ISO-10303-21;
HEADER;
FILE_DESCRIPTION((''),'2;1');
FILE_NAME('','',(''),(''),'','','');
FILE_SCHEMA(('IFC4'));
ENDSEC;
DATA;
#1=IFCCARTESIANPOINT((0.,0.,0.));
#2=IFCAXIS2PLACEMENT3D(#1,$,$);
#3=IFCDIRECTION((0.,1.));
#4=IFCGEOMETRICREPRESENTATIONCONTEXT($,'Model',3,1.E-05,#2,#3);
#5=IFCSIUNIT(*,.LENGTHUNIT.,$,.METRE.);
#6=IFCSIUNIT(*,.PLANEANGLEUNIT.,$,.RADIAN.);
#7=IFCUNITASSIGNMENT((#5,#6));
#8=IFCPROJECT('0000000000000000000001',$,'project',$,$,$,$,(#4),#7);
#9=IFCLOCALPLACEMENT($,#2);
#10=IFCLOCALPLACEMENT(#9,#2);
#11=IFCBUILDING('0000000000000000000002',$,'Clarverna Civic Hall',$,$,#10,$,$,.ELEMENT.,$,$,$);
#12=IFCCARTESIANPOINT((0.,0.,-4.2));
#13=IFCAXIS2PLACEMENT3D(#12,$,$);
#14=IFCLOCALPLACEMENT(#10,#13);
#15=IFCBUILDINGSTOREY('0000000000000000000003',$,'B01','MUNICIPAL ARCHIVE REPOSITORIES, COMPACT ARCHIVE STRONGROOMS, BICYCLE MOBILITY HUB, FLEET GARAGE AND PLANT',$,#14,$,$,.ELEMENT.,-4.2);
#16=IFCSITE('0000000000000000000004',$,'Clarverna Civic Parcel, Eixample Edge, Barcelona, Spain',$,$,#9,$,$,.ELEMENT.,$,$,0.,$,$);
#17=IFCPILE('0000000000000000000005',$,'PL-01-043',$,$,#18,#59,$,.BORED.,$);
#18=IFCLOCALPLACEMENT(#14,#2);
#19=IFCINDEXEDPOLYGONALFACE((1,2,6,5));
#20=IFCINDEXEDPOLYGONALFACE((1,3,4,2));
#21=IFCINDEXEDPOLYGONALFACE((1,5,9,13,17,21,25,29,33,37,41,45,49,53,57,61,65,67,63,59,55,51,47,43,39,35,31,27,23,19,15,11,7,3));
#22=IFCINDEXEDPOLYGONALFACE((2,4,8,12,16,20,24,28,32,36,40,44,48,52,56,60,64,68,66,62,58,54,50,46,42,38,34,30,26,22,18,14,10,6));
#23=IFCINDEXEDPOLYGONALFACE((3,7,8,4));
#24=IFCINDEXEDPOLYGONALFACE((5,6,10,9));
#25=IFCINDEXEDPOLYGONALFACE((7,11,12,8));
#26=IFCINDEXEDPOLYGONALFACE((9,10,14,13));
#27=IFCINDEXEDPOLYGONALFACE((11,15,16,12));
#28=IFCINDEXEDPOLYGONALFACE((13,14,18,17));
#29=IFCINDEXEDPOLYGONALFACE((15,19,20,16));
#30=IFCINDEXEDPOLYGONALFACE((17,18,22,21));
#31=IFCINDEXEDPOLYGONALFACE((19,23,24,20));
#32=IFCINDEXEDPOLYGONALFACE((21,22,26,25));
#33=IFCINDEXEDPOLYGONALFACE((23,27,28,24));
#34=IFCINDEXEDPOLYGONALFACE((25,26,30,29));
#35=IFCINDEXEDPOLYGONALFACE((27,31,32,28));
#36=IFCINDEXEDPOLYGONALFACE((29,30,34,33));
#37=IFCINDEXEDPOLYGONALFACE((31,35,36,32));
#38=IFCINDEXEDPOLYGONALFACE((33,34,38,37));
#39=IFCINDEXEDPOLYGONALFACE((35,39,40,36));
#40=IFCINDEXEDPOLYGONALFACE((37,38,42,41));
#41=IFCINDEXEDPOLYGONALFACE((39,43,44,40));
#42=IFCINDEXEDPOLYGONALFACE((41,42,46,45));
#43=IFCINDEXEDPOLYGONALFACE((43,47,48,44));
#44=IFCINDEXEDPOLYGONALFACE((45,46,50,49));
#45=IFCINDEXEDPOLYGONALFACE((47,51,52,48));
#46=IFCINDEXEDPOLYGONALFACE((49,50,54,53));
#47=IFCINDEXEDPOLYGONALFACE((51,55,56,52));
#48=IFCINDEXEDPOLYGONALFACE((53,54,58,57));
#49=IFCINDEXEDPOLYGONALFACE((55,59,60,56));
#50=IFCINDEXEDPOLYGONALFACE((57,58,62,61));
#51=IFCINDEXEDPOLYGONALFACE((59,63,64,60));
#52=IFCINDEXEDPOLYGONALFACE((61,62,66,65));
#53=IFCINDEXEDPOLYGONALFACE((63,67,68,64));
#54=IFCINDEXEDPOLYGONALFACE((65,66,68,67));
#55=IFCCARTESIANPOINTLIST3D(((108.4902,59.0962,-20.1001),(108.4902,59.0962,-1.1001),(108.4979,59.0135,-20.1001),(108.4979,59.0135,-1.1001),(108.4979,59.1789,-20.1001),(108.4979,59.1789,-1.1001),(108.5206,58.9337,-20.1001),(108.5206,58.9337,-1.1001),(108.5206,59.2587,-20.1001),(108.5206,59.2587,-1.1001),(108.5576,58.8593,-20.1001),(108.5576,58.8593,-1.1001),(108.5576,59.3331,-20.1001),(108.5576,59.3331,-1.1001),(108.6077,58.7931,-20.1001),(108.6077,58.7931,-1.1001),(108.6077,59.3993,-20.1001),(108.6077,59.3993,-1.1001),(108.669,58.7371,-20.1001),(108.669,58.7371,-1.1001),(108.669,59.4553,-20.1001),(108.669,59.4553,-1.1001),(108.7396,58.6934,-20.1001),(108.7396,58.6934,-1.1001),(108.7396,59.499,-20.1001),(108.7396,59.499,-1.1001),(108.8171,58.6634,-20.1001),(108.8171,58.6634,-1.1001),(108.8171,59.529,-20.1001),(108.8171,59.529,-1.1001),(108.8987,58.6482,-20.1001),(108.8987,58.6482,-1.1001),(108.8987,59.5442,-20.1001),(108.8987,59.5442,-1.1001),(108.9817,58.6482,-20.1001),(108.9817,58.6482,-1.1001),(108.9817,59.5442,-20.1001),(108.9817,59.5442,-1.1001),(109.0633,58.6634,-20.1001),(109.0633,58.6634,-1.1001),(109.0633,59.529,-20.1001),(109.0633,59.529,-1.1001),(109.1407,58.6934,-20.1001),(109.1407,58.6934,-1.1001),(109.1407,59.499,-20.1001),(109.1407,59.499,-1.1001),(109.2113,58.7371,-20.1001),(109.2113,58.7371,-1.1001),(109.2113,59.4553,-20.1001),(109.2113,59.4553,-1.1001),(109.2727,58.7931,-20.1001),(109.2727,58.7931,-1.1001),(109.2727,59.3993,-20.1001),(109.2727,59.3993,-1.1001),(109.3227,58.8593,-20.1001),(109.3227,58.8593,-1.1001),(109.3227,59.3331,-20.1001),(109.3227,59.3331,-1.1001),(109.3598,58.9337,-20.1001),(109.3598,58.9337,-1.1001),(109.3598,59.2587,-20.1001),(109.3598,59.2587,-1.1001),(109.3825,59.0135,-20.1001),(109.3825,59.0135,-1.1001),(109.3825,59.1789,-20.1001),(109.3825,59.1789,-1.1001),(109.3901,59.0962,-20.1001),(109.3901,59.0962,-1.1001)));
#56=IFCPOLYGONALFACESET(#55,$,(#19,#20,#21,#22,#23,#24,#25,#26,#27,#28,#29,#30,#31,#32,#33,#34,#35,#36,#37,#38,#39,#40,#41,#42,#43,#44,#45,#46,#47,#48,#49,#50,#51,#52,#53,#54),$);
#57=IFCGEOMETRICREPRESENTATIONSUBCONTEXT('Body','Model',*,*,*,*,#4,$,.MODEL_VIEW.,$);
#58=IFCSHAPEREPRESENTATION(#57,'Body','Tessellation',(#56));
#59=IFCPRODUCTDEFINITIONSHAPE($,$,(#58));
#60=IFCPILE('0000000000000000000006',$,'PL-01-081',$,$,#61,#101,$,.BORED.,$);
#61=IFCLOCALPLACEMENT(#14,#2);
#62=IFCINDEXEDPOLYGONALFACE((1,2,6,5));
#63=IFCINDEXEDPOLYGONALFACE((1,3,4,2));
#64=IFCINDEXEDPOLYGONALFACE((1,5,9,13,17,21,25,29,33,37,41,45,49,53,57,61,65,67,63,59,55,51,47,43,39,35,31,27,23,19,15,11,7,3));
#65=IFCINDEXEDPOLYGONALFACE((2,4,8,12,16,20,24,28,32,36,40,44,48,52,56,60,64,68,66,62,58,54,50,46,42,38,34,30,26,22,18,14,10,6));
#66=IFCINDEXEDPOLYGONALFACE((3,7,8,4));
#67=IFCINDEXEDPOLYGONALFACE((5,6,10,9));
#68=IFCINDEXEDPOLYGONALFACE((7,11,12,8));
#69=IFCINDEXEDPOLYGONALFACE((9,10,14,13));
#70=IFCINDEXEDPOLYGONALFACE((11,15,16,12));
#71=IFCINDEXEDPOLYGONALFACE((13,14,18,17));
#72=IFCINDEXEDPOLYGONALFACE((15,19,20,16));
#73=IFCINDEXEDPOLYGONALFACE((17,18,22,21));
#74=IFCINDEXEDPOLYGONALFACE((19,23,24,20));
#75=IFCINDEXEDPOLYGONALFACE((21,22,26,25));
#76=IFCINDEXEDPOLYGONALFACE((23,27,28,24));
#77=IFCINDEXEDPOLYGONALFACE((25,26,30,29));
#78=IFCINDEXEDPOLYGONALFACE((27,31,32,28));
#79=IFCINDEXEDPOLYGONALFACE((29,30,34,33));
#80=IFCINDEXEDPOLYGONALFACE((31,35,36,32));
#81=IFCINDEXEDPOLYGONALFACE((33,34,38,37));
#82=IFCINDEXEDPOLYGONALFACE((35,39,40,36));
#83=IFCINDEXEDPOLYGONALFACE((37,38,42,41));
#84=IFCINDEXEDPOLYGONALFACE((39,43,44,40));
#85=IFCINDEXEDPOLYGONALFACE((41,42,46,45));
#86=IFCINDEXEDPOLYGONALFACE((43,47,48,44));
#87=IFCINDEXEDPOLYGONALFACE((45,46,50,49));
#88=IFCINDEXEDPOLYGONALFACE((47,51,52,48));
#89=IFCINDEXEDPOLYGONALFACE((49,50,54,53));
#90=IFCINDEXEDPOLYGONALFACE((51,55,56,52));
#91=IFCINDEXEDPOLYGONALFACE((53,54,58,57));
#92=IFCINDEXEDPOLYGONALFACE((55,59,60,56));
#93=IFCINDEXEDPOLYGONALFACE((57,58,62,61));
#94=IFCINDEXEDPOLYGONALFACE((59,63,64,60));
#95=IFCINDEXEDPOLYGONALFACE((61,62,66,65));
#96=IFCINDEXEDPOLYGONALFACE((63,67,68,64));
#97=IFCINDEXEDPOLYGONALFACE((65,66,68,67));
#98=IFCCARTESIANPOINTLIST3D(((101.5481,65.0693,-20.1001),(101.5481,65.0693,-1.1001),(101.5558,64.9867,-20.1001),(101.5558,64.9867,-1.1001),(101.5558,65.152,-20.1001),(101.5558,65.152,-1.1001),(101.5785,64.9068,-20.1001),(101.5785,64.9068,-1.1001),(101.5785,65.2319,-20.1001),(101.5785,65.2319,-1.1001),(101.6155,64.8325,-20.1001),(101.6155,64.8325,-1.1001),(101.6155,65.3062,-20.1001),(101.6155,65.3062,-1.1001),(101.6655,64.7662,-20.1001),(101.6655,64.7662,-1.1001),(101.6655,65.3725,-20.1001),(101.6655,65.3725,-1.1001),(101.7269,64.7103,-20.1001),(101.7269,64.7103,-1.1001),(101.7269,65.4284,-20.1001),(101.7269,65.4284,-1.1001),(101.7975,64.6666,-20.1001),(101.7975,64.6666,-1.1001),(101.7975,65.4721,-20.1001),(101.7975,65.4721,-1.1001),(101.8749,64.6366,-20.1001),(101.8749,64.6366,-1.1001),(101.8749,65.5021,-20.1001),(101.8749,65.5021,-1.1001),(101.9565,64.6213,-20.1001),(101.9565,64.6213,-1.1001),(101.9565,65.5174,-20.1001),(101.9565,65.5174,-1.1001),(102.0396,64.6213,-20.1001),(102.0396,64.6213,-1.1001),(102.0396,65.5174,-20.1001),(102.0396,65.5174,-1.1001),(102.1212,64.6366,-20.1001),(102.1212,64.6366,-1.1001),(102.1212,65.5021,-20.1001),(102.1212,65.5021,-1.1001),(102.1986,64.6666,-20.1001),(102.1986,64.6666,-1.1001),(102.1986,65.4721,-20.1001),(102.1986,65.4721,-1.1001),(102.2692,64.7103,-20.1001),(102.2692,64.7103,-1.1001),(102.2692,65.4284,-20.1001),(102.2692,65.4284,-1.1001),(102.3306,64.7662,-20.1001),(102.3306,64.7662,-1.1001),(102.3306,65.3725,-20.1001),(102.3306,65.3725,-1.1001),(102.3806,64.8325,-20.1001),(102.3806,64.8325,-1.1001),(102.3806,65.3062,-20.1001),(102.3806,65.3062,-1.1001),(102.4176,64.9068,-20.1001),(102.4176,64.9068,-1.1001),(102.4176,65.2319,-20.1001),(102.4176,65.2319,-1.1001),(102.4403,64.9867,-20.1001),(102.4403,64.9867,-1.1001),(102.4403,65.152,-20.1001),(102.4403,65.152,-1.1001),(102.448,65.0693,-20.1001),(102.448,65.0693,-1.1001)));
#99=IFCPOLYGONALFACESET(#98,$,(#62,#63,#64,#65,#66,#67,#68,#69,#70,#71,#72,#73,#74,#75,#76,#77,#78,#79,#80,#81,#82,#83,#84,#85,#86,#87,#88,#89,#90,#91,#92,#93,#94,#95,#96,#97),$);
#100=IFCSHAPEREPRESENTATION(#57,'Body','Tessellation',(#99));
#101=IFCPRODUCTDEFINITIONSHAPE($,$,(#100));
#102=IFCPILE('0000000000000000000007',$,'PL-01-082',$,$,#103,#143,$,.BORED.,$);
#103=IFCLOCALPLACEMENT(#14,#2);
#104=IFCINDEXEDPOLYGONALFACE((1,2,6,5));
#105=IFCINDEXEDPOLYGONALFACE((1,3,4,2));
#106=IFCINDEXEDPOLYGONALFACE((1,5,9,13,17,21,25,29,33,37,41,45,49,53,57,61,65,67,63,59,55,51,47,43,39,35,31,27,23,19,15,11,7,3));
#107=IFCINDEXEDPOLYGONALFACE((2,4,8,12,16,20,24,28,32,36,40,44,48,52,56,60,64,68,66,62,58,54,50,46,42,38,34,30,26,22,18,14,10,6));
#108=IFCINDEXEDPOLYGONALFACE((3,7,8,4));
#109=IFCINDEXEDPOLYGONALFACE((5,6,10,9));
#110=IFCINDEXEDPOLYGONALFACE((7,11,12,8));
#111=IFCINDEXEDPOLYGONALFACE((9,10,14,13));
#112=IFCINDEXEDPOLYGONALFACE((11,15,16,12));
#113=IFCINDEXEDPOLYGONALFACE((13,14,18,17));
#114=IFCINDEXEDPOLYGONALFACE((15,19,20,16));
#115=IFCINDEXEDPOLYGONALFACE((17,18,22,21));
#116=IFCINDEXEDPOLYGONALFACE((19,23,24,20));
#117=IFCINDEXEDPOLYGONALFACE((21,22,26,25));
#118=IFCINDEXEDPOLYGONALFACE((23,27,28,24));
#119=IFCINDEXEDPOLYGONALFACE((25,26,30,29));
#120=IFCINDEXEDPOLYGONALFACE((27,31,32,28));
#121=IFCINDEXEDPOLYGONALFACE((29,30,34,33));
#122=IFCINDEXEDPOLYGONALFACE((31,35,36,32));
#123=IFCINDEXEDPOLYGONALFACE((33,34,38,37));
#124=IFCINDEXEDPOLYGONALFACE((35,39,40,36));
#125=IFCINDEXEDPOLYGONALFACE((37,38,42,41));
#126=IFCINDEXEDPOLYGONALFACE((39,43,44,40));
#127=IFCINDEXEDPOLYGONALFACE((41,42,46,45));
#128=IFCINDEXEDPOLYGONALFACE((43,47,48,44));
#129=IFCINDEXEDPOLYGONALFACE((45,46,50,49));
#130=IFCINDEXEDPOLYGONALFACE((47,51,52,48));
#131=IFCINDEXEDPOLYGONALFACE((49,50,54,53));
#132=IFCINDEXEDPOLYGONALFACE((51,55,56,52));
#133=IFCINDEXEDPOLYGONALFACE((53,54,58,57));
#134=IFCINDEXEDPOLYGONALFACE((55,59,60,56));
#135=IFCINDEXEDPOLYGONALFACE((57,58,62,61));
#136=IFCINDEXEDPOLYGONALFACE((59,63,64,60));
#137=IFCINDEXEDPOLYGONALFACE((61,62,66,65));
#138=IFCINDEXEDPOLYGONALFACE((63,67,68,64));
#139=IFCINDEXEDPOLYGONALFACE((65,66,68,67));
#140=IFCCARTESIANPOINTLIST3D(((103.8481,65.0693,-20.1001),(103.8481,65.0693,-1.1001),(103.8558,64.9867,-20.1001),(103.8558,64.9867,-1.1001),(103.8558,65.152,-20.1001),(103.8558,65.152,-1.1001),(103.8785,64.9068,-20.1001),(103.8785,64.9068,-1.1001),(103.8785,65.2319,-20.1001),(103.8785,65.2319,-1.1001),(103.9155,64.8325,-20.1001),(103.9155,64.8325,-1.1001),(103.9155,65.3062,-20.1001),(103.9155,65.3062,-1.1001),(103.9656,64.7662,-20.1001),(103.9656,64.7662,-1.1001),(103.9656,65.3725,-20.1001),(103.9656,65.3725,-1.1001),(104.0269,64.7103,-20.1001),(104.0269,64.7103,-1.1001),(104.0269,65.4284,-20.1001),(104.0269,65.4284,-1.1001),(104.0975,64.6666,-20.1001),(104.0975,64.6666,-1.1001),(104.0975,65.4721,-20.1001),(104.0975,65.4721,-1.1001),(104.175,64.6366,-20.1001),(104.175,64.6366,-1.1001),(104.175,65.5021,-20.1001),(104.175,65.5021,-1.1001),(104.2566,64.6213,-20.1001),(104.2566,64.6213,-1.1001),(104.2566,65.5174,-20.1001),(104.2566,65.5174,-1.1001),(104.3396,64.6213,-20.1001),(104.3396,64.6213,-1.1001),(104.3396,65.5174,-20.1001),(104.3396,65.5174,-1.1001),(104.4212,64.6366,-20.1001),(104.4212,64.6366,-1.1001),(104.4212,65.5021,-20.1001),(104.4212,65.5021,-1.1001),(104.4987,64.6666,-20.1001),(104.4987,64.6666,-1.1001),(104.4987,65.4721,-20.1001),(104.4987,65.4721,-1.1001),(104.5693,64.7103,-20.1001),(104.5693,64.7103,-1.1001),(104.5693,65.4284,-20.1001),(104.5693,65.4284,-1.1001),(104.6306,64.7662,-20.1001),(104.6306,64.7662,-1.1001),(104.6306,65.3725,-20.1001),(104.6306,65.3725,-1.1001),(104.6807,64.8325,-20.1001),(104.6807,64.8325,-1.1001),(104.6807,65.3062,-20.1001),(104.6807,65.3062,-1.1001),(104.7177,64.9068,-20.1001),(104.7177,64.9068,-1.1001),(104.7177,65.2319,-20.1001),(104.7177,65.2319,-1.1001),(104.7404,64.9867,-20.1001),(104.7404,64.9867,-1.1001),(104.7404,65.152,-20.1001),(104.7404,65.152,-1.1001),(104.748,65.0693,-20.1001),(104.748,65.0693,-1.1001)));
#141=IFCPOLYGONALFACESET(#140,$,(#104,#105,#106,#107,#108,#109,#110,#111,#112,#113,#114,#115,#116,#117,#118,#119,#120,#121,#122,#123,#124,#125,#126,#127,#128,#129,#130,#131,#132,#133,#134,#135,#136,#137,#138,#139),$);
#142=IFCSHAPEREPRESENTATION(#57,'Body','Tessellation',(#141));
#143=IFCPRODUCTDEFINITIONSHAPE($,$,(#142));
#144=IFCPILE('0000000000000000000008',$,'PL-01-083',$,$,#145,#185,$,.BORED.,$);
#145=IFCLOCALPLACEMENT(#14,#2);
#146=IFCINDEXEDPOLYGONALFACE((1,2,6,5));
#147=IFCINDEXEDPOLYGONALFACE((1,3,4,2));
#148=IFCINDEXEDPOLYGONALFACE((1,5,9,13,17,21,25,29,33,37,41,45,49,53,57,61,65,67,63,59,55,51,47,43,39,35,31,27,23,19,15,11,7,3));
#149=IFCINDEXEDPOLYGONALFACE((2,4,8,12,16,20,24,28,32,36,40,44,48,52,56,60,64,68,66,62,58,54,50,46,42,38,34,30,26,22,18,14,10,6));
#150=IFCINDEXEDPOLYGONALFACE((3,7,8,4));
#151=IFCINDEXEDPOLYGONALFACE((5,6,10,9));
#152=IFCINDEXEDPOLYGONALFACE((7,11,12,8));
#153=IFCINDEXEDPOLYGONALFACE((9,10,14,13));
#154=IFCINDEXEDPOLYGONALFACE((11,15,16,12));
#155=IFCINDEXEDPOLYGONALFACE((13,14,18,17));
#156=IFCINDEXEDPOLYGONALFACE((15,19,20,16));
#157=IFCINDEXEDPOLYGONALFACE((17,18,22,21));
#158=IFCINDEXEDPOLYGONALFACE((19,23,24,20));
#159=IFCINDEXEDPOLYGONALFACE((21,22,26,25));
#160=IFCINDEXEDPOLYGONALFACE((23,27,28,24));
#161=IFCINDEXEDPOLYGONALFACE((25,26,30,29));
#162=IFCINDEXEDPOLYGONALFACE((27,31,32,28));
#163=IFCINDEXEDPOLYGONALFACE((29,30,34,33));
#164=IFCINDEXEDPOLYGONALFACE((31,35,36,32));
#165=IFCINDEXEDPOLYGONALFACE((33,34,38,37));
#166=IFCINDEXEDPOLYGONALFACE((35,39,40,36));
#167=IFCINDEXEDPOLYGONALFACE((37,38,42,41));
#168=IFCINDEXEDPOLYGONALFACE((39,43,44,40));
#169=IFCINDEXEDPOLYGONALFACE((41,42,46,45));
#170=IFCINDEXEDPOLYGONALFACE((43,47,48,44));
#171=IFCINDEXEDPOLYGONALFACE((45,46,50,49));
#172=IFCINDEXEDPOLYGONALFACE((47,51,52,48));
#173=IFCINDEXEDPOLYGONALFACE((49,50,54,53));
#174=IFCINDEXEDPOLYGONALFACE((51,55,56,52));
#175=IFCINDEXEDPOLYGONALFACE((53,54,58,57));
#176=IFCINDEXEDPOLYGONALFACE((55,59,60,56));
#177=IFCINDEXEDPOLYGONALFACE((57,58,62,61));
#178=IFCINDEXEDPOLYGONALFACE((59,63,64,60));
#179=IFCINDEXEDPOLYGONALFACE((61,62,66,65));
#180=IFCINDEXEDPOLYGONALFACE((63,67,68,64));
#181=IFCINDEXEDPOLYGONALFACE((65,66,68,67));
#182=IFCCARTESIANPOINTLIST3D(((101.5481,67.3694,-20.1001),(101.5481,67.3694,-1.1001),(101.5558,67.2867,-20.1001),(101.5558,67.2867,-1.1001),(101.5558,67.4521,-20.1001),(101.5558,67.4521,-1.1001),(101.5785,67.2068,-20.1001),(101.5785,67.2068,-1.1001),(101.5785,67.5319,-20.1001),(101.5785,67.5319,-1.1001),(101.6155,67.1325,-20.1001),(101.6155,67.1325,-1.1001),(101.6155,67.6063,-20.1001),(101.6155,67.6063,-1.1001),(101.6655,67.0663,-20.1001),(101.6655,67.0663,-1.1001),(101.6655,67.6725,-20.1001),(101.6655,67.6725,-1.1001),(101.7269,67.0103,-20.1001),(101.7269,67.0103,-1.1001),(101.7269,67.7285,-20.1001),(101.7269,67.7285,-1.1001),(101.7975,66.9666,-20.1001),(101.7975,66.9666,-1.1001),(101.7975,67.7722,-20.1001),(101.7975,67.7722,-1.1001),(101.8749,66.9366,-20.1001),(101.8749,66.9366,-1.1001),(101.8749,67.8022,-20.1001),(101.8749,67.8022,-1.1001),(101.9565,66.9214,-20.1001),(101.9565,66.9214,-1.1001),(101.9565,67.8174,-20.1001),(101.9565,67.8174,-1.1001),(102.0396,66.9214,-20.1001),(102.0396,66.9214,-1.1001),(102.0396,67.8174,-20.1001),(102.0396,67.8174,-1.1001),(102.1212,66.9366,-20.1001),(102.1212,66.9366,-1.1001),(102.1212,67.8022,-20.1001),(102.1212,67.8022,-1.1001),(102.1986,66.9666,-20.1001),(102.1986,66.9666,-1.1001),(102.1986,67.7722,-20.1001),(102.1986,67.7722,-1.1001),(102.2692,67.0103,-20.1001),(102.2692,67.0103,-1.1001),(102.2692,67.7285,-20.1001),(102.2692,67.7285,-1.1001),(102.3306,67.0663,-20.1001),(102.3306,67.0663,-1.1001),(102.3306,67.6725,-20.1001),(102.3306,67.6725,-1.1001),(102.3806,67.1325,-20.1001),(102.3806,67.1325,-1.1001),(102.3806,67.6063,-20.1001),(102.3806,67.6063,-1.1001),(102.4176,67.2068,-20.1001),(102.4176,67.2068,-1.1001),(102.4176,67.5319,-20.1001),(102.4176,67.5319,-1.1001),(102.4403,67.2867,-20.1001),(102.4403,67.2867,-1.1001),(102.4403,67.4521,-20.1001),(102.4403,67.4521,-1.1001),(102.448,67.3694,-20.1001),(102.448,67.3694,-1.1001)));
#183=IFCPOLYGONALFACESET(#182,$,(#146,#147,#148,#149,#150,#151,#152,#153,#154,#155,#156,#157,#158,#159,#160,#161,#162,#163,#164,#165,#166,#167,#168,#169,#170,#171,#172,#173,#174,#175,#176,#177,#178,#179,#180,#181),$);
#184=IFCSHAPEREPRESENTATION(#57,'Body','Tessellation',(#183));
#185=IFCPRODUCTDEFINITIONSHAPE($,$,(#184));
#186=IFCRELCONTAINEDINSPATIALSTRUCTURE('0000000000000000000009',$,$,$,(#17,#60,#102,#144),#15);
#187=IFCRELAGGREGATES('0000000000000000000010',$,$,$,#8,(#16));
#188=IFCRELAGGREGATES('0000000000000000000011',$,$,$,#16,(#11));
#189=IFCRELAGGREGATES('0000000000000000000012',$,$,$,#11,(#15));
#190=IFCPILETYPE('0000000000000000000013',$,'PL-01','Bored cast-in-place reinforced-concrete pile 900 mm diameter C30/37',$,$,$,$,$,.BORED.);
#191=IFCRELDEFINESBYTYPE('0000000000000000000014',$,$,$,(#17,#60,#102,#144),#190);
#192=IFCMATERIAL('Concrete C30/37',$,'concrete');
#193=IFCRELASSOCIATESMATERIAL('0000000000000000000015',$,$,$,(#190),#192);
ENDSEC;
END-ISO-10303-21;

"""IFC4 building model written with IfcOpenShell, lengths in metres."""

from ifc_helpers import new_model, si_unit, direction, frame, origin, origin_2d, place, context, subcontext, project, spatial, circle, extrude, material, material_profile, profile_set, type_object, element, save


model = new_model("IFC4")

# Units and contexts
model_context = context("Model", 3, precision=1e-05, world=origin(), true_north=direction((0.0, 1.0)))
body_context = subcontext(model_context, "Body", "Model", "MODEL_VIEW")
ifc_project = project(units=[si_unit("LENGTHUNIT", "METRE"), si_unit("PLANEANGLEUNIT", "RADIAN")], contexts=[model_context])

# Site, building, storey
site_placement = place(None, origin())
site = spatial("IfcSite", under=ifc_project, at=site_placement, Name="Clarverna Civic Parcel, Eixample Edge, Barcelona, Spain", CompositionType="ELEMENT", RefElevation=0.0)
building_placement = place(site_placement, origin())
building = spatial("IfcBuilding", under=site, at=building_placement, Name="Clarverna Civic Hall", CompositionType="ELEMENT")
storey_placement = place(building_placement, frame((0.0, 0.0, -4.2)))
storey = spatial("IfcBuildingStorey", under=building, at=storey_placement, Name="B01", Description="MUNICIPAL ARCHIVE REPOSITORIES, COMPACT ARCHIVE STRONGROOMS, BICYCLE MOBILITY HUB, FLEET GARAGE AND PLANT", CompositionType="ELEMENT", Elevation=-4.2)

# Shared definitions
ifc_material_1 = material(Name="Concrete C30/37", Category="concrete")

# Piles
ifc_material_profile_1 = material_profile(ifc_material_1, circle(Radius=0.45, at=origin_2d()), Name="BORED PILE D900")
ifc_profile_set_1 = profile_set([ifc_material_profile_1], Name="Concrete C30/37")
pile_type = type_object("IfcPileType", Name="PL-01", Description="Bored cast-in-place reinforced-concrete pile 900 mm diameter C30/37", PredefinedType="BORED", material=ifc_profile_set_1)
for number, where, z_axis, x_axis, name in (
    (1, (108.9402, 59.0962, -1.1001), (0.0, 0.0, -1.0), (1.0, 0.0, 0.0), "PL-01-043"),
    (2, (101.998, 65.0693, -1.1001), (0.0, 0.0, -1.0), (1.0, 0.0, 0.0), "PL-01-081"),
    (3, (104.2981, 65.0693, -1.1001), (0.0, 0.0, -1.0), (1.0, 0.0, 0.0), "PL-01-082"),
    (4, (101.998, 67.3694, -1.1001), (0.0, 0.0, -1.0), (1.0, 0.0, 0.0), "PL-01-083"),
):
    element("IfcPile", number, at=place(storey_placement, frame(where, z_axis=z_axis, x_axis=x_axis)), inside=storey, type_object=pile_type, Name=name, PredefinedType="BORED", context=body_context, shape_type="SweptSolid", body=[
        extrude(circle(Radius=0.45, at=origin_2d()), origin(), (0.0, 0.0, 1.0), 19.0),
    ])

save(model, "model.ifc")
